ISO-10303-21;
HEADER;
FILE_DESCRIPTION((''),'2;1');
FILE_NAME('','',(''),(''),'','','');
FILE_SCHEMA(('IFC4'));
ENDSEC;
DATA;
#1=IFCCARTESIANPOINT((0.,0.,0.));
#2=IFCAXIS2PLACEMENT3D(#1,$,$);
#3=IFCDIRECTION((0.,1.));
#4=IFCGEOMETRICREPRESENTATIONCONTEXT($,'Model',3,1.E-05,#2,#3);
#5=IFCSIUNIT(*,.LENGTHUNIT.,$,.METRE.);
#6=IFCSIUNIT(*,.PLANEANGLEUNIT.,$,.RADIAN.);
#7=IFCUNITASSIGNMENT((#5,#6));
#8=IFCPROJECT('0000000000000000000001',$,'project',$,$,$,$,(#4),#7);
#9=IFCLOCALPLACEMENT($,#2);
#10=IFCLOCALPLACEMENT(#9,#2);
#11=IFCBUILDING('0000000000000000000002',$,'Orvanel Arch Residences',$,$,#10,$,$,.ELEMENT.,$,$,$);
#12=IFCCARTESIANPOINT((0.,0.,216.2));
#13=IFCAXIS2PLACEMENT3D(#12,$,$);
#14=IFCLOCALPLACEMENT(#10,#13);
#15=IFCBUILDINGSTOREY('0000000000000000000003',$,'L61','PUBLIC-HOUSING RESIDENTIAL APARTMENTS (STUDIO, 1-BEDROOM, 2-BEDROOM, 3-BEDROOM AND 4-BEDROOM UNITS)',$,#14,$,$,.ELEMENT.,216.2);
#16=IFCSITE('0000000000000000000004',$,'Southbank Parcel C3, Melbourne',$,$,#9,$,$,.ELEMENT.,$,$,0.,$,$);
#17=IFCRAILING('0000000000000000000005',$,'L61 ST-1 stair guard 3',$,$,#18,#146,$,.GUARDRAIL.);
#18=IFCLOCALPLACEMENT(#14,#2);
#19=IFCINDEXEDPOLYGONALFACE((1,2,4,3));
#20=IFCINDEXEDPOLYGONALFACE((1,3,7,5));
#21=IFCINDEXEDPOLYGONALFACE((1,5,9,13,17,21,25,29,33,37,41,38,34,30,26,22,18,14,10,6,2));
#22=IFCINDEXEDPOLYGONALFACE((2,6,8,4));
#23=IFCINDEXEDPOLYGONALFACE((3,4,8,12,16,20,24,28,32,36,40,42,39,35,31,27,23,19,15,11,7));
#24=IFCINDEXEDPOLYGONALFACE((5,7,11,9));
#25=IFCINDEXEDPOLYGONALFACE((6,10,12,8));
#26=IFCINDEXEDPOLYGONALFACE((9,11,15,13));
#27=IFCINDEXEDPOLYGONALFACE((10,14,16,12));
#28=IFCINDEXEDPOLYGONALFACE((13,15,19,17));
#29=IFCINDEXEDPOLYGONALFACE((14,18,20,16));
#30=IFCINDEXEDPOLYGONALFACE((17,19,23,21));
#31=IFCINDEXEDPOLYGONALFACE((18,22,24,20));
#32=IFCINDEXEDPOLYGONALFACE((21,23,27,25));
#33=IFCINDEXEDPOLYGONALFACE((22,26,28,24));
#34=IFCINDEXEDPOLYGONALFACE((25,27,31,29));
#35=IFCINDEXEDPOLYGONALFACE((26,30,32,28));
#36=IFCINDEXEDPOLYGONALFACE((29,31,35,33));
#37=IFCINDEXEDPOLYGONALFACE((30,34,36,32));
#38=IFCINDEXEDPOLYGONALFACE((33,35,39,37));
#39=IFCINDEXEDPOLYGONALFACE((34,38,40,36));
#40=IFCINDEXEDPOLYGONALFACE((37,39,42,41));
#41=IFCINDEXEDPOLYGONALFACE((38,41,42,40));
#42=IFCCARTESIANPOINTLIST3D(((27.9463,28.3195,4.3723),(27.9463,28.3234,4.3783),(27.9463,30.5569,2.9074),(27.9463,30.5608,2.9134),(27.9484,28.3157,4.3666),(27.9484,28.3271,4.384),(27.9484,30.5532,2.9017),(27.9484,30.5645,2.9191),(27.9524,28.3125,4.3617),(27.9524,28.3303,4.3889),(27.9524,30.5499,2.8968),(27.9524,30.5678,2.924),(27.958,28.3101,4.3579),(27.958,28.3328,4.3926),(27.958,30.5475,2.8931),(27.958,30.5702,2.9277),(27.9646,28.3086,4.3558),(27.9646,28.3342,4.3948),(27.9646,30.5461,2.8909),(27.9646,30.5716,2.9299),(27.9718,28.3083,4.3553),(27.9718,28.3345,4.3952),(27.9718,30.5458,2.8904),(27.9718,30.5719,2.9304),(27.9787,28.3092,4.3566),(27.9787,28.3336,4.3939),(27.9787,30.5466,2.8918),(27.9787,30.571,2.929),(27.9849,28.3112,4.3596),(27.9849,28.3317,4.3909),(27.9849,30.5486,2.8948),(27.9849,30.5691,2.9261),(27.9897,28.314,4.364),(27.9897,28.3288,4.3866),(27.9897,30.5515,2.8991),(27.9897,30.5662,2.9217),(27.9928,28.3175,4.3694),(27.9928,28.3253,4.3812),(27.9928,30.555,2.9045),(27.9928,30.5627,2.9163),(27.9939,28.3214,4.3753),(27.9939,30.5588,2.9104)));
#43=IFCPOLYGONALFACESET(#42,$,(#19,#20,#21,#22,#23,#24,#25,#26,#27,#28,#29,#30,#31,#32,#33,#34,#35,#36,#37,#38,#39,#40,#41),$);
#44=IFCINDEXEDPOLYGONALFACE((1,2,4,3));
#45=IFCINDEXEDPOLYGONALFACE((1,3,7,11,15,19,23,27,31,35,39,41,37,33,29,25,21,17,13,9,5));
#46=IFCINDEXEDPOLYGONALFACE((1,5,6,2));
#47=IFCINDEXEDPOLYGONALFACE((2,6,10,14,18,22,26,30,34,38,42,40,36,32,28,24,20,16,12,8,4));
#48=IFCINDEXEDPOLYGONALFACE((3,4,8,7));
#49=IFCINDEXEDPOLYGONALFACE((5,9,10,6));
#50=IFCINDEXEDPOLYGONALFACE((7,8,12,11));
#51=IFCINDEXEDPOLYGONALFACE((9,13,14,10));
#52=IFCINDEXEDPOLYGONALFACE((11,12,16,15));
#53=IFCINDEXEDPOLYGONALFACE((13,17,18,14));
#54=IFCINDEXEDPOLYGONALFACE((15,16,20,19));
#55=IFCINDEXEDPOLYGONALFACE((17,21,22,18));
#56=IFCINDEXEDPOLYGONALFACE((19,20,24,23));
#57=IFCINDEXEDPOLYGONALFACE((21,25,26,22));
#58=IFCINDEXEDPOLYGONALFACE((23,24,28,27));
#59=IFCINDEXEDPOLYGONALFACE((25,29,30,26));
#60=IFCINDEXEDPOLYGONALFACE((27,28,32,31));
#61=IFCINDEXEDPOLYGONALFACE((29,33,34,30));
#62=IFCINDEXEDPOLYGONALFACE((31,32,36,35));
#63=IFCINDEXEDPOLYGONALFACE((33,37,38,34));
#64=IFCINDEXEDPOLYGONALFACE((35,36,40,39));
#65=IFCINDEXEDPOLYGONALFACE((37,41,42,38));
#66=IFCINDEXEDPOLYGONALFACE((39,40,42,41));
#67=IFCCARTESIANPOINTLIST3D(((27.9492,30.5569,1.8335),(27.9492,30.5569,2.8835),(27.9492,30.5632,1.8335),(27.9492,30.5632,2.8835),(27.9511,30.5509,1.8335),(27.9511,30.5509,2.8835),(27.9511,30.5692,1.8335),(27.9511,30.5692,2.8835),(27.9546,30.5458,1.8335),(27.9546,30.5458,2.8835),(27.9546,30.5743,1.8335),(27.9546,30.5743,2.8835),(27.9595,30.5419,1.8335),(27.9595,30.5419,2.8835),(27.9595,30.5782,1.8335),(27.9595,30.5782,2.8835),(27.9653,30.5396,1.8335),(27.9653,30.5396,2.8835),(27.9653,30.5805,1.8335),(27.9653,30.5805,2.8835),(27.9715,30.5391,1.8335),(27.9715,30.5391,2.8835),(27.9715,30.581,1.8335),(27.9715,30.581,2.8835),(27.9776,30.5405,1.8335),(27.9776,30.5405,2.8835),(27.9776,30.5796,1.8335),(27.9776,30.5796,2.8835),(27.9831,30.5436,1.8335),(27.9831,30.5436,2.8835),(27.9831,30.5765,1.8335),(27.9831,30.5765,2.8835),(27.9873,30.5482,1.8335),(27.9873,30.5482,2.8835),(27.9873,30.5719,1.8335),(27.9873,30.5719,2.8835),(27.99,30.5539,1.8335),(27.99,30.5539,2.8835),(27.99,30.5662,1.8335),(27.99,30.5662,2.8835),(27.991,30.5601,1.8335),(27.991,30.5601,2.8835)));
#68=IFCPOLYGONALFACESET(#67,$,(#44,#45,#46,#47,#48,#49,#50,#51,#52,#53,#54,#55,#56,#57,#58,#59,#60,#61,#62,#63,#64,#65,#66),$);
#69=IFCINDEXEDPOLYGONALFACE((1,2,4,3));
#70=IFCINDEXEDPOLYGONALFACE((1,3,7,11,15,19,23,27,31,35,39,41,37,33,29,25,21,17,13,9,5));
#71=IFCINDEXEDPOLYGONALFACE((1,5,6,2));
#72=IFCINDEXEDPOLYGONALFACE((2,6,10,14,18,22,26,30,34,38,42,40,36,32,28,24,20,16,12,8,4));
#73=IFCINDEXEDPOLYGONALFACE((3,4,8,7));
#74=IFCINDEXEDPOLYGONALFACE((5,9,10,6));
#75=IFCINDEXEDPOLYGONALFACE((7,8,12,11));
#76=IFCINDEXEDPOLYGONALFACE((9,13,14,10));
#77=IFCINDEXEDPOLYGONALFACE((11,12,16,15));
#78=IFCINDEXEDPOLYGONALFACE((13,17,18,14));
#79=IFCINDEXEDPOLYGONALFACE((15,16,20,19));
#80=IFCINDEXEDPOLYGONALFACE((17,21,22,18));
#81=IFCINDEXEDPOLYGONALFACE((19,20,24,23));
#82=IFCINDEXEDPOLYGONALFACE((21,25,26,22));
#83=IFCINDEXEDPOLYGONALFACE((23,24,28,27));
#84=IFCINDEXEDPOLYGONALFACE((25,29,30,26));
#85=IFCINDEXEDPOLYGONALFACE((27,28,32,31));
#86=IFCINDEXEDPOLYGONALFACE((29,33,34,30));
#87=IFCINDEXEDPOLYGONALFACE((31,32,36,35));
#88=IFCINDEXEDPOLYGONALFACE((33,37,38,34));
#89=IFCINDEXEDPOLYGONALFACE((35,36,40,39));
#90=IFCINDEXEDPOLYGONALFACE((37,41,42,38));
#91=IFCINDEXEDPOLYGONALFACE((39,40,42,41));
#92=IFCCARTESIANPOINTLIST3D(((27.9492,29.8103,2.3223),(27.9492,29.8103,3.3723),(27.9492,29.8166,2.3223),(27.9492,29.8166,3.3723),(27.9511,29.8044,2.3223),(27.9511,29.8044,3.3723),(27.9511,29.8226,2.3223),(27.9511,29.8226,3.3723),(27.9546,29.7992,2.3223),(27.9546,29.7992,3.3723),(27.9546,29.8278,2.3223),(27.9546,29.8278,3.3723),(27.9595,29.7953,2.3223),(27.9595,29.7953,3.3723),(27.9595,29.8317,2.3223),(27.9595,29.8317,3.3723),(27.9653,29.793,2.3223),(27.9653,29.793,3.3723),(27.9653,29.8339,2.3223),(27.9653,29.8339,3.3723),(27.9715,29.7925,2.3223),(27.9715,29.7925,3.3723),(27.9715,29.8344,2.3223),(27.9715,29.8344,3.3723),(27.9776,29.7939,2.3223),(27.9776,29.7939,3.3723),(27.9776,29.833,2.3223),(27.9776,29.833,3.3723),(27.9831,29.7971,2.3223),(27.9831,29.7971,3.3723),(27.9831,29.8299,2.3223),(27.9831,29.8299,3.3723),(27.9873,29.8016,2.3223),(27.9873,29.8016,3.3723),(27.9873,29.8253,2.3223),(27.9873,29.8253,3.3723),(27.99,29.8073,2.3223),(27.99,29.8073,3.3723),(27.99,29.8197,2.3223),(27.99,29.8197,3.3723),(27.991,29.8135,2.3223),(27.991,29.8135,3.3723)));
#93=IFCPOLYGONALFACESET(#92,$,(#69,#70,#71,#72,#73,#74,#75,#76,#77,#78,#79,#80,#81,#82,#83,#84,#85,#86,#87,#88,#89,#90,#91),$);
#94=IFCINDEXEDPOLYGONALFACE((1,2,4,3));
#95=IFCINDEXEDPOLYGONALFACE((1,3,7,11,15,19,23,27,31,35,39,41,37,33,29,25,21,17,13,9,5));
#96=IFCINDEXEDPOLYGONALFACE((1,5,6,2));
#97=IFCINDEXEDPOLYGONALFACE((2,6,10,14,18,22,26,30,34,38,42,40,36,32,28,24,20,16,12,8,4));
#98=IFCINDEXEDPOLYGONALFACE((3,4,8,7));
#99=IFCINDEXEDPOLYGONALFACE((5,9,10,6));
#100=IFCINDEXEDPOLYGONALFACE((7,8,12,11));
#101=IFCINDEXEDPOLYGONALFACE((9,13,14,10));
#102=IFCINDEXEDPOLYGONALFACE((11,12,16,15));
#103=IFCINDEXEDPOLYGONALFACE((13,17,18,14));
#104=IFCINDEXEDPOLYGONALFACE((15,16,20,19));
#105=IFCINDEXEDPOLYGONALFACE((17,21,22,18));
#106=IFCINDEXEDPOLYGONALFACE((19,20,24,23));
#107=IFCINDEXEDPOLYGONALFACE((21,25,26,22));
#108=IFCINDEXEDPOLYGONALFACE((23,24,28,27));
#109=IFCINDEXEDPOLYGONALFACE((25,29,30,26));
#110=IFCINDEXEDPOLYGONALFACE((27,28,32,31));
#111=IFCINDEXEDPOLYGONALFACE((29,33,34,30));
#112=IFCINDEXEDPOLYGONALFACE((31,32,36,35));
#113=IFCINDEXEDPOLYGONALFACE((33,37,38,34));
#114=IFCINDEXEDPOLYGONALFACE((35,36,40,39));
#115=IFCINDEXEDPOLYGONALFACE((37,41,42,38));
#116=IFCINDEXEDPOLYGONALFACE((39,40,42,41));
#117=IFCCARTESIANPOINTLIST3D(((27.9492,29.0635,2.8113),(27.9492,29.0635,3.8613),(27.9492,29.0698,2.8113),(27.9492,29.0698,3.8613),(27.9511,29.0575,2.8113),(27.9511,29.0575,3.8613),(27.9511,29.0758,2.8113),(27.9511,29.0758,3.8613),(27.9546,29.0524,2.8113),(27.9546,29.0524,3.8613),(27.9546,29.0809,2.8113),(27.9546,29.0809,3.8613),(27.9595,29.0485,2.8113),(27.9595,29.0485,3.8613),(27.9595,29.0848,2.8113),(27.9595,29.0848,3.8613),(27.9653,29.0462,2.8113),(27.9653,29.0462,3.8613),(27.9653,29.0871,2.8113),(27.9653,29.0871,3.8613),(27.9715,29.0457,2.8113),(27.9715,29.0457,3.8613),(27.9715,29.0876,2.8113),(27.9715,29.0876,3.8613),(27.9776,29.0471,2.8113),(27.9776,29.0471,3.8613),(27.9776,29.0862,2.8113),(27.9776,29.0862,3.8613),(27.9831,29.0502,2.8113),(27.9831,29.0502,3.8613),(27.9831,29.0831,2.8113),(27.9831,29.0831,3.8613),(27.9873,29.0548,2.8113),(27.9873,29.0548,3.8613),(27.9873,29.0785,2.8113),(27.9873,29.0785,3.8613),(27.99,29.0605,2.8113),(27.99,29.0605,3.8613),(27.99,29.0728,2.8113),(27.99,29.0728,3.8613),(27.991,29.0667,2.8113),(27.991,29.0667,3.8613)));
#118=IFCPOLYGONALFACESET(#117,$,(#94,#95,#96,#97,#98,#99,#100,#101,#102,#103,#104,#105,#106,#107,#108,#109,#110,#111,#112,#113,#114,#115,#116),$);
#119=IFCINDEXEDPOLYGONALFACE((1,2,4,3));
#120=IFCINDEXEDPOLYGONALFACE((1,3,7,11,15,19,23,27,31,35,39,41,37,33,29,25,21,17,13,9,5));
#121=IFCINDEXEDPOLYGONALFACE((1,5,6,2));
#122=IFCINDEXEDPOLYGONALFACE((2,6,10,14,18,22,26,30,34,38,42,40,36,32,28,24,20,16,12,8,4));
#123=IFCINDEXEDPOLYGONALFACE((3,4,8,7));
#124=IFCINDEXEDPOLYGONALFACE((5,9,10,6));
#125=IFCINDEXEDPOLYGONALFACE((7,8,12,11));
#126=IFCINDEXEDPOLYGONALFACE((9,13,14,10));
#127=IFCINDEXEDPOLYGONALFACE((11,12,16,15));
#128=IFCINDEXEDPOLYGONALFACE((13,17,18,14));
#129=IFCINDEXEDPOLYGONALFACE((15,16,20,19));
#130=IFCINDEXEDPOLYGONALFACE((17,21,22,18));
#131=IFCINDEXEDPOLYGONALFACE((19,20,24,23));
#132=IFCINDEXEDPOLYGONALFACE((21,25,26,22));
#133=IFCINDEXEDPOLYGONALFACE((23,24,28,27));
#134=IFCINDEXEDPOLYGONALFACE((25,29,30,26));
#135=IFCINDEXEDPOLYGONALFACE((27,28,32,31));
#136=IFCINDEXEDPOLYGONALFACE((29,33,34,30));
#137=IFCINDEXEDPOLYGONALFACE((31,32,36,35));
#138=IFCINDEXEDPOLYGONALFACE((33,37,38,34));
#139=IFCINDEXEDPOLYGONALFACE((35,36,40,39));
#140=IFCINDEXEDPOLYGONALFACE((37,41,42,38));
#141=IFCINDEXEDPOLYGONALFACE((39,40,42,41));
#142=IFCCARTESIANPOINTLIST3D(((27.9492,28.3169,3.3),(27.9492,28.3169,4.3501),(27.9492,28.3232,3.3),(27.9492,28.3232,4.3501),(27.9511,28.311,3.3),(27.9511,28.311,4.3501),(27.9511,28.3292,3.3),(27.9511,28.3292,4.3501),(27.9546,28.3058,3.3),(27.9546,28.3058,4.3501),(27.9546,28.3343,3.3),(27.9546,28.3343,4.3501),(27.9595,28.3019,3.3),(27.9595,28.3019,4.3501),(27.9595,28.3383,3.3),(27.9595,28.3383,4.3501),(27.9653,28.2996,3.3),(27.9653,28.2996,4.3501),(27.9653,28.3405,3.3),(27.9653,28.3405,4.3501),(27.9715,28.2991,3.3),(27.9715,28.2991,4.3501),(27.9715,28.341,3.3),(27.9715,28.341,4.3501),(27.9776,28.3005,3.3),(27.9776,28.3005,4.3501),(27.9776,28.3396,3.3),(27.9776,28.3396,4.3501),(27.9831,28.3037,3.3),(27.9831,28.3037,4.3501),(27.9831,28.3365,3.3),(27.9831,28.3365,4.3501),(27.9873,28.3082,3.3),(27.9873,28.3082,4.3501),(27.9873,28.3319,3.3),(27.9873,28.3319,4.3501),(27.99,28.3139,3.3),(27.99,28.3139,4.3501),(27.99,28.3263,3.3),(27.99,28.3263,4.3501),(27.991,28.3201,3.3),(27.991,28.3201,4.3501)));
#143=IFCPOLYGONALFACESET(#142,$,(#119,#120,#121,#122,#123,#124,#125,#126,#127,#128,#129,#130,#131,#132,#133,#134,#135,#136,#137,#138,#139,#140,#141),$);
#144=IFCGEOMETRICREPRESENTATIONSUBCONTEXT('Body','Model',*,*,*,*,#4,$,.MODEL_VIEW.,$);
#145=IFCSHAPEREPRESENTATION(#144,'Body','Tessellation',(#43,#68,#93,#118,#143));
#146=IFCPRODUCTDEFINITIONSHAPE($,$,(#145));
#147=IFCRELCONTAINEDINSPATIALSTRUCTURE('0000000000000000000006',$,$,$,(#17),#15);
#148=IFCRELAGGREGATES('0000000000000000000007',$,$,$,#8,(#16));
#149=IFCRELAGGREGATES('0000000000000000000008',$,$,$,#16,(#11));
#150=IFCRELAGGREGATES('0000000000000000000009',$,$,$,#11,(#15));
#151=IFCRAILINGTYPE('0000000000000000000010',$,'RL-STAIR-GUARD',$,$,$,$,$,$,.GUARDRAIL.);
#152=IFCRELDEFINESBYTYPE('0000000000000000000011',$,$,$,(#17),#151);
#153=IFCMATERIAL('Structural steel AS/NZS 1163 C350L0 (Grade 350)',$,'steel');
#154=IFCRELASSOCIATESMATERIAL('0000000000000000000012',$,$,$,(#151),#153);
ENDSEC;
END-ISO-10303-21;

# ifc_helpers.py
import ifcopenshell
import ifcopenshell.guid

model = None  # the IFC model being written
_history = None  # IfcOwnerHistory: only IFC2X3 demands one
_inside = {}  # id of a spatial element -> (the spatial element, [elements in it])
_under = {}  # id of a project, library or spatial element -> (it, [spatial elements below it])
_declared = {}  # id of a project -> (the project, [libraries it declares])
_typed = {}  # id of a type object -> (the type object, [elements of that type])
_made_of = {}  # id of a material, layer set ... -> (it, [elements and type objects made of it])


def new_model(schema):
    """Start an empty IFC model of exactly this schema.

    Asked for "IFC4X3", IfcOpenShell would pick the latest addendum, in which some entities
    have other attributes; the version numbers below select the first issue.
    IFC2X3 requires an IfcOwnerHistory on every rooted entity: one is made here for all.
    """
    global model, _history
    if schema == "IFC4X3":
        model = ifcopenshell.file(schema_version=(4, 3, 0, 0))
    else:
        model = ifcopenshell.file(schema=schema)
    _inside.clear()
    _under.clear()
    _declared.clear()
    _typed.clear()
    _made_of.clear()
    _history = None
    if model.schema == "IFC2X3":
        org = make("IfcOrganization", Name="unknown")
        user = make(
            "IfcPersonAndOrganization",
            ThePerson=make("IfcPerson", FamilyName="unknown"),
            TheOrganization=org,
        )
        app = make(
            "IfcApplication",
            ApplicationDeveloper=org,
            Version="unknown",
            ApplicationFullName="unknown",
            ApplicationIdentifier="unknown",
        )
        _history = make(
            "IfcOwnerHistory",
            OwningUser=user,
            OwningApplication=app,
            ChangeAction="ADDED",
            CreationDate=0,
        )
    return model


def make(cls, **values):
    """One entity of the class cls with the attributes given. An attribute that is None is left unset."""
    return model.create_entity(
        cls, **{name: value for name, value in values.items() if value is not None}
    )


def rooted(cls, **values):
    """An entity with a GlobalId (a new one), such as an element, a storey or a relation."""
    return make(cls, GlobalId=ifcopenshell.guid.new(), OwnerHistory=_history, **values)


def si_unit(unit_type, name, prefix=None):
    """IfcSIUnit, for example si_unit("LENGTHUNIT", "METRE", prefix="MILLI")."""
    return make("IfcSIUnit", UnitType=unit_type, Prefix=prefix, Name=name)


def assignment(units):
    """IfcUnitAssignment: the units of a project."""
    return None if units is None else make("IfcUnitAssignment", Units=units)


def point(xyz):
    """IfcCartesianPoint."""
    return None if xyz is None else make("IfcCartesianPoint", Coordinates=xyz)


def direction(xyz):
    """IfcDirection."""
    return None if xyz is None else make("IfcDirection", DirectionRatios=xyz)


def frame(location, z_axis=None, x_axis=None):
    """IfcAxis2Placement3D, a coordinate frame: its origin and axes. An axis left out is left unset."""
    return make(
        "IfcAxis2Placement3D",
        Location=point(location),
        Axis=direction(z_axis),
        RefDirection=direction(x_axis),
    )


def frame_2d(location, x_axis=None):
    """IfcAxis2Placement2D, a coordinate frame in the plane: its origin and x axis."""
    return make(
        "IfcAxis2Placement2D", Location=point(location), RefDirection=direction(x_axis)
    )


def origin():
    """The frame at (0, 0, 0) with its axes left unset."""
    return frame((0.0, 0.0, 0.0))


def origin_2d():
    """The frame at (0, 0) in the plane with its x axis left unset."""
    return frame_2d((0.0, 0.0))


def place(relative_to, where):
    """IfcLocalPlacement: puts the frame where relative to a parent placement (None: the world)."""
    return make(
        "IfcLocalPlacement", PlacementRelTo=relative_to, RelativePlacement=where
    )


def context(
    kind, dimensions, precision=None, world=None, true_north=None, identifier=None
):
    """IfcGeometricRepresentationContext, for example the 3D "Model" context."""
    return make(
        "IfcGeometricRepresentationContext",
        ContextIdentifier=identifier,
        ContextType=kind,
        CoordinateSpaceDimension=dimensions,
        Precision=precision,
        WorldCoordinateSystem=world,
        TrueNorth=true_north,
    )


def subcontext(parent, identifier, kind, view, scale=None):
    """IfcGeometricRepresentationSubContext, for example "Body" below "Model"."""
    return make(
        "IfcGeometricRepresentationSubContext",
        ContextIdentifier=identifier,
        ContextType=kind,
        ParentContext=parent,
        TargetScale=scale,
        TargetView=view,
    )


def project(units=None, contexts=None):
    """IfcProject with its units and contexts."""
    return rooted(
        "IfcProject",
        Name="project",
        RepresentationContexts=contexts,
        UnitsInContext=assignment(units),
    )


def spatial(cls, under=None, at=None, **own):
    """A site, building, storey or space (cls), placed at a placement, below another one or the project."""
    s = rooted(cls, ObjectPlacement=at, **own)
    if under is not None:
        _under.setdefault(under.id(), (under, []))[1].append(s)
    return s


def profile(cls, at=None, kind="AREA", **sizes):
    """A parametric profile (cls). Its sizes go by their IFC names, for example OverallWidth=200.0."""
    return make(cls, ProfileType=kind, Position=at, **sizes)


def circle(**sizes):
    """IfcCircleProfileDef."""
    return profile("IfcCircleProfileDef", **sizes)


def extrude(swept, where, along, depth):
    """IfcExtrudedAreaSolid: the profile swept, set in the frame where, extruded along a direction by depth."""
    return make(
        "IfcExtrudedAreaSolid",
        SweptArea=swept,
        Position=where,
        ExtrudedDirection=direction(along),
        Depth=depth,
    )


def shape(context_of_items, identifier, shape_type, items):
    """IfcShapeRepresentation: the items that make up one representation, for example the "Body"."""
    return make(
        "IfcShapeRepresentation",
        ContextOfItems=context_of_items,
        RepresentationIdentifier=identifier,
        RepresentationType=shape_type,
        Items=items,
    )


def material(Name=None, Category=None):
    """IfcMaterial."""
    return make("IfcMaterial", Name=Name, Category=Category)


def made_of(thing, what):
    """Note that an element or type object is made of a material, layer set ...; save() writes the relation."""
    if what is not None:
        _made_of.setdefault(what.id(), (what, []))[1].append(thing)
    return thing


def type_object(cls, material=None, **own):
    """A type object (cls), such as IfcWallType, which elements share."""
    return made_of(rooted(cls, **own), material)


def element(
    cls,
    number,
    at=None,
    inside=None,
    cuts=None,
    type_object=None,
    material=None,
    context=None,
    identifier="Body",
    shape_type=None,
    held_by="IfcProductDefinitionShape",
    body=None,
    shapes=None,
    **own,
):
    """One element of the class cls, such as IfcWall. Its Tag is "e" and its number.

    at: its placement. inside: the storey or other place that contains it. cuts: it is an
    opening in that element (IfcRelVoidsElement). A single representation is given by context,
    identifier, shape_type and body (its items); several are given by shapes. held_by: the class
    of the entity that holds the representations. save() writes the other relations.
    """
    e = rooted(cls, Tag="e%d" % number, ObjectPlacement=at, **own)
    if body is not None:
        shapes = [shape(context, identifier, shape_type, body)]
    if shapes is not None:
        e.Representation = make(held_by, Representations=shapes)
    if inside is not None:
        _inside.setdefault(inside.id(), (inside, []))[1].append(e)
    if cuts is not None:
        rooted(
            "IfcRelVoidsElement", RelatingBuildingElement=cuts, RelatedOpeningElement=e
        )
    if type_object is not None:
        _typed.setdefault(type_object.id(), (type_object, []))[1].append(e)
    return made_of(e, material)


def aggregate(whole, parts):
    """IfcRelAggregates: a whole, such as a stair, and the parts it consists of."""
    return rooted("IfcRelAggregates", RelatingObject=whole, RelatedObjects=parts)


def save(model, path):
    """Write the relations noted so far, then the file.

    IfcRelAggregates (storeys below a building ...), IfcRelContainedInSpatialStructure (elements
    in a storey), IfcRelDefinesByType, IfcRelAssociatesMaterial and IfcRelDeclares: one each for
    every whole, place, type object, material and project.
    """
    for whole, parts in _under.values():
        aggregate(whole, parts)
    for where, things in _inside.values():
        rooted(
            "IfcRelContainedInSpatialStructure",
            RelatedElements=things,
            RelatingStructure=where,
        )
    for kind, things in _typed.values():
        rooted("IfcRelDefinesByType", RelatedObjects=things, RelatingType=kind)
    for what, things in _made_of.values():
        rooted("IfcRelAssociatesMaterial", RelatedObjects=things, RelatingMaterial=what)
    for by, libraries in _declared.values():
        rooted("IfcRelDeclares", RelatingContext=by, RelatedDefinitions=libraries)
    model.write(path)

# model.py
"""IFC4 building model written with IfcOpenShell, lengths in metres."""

from ifc_helpers import new_model, si_unit, direction, frame, origin, origin_2d, place, context, subcontext, project, spatial, circle, extrude, material, type_object, element, save


model = new_model("IFC4")

# Units and contexts
model_context = context("Model", 3, precision=1e-05, world=origin(), true_north=direction((0.0, 1.0)))
body_context = subcontext(model_context, "Body", "Model", "MODEL_VIEW")
ifc_project = project(units=[si_unit("LENGTHUNIT", "METRE"), si_unit("PLANEANGLEUNIT", "RADIAN")], contexts=[model_context])

# Site, building, storey
site_placement = place(None, origin())
site = spatial("IfcSite", under=ifc_project, at=site_placement, Name="Southbank Parcel C3, Melbourne", CompositionType="ELEMENT", RefElevation=0.0)
building_placement = place(site_placement, origin())
building = spatial("IfcBuilding", under=site, at=building_placement, Name="Orvanel Arch Residences", CompositionType="ELEMENT")
storey_placement = place(building_placement, frame((0.0, 0.0, 216.2)))
storey = spatial("IfcBuildingStorey", under=building, at=storey_placement, Name="L61", Description="PUBLIC-HOUSING RESIDENTIAL APARTMENTS (STUDIO, 1-BEDROOM, 2-BEDROOM, 3-BEDROOM AND 4-BEDROOM UNITS)", CompositionType="ELEMENT", Elevation=216.2)

# Railing
ifc_material_1 = material(Name="Structural steel AS/NZS 1163 C350L0 (Grade 350)", Category="steel")
railing_type_1 = type_object("IfcRailingType", Name="RL-STAIR-GUARD", PredefinedType="GUARDRAIL", material=ifc_material_1)
railing_1_placement = place(storey_placement, frame((27.97, 30.5601, 1.8335)))
element("IfcRailing", 1, at=railing_1_placement, inside=storey, type_object=railing_type_1, Name="L61 ST-1 stair guard 3", PredefinedType="GUARDRAIL", context=body_context, shape_type="SweptSolid", body=[
    extrude(circle(Radius=0.0239, at=origin_2d()), frame((0.0, -0.0012, 1.0769), z_axis=(0.0, -0.836637, 0.547758), x_axis=(1.0, 0.0, 0.0)), (0.0, 0.0, 1.0), 2.6743),
    extrude(circle(Radius=0.021, at=origin_2d()), origin(), (0.0, 0.0, 1.0), 1.05),
    extrude(circle(Radius=0.021, at=origin_2d()), frame((0.0, -0.7466, 0.4888)), (0.0, 0.0, 1.0), 1.05),
    extrude(circle(Radius=0.021, at=origin_2d()), frame((0.0, -1.4934, 0.9778)), (0.0, 0.0, 1.0), 1.05),
    extrude(circle(Radius=0.021, at=origin_2d()), frame((0.0, -2.24, 1.4666)), (0.0, 0.0, 1.0), 1.05),
])

save(model, "model.ifc")
